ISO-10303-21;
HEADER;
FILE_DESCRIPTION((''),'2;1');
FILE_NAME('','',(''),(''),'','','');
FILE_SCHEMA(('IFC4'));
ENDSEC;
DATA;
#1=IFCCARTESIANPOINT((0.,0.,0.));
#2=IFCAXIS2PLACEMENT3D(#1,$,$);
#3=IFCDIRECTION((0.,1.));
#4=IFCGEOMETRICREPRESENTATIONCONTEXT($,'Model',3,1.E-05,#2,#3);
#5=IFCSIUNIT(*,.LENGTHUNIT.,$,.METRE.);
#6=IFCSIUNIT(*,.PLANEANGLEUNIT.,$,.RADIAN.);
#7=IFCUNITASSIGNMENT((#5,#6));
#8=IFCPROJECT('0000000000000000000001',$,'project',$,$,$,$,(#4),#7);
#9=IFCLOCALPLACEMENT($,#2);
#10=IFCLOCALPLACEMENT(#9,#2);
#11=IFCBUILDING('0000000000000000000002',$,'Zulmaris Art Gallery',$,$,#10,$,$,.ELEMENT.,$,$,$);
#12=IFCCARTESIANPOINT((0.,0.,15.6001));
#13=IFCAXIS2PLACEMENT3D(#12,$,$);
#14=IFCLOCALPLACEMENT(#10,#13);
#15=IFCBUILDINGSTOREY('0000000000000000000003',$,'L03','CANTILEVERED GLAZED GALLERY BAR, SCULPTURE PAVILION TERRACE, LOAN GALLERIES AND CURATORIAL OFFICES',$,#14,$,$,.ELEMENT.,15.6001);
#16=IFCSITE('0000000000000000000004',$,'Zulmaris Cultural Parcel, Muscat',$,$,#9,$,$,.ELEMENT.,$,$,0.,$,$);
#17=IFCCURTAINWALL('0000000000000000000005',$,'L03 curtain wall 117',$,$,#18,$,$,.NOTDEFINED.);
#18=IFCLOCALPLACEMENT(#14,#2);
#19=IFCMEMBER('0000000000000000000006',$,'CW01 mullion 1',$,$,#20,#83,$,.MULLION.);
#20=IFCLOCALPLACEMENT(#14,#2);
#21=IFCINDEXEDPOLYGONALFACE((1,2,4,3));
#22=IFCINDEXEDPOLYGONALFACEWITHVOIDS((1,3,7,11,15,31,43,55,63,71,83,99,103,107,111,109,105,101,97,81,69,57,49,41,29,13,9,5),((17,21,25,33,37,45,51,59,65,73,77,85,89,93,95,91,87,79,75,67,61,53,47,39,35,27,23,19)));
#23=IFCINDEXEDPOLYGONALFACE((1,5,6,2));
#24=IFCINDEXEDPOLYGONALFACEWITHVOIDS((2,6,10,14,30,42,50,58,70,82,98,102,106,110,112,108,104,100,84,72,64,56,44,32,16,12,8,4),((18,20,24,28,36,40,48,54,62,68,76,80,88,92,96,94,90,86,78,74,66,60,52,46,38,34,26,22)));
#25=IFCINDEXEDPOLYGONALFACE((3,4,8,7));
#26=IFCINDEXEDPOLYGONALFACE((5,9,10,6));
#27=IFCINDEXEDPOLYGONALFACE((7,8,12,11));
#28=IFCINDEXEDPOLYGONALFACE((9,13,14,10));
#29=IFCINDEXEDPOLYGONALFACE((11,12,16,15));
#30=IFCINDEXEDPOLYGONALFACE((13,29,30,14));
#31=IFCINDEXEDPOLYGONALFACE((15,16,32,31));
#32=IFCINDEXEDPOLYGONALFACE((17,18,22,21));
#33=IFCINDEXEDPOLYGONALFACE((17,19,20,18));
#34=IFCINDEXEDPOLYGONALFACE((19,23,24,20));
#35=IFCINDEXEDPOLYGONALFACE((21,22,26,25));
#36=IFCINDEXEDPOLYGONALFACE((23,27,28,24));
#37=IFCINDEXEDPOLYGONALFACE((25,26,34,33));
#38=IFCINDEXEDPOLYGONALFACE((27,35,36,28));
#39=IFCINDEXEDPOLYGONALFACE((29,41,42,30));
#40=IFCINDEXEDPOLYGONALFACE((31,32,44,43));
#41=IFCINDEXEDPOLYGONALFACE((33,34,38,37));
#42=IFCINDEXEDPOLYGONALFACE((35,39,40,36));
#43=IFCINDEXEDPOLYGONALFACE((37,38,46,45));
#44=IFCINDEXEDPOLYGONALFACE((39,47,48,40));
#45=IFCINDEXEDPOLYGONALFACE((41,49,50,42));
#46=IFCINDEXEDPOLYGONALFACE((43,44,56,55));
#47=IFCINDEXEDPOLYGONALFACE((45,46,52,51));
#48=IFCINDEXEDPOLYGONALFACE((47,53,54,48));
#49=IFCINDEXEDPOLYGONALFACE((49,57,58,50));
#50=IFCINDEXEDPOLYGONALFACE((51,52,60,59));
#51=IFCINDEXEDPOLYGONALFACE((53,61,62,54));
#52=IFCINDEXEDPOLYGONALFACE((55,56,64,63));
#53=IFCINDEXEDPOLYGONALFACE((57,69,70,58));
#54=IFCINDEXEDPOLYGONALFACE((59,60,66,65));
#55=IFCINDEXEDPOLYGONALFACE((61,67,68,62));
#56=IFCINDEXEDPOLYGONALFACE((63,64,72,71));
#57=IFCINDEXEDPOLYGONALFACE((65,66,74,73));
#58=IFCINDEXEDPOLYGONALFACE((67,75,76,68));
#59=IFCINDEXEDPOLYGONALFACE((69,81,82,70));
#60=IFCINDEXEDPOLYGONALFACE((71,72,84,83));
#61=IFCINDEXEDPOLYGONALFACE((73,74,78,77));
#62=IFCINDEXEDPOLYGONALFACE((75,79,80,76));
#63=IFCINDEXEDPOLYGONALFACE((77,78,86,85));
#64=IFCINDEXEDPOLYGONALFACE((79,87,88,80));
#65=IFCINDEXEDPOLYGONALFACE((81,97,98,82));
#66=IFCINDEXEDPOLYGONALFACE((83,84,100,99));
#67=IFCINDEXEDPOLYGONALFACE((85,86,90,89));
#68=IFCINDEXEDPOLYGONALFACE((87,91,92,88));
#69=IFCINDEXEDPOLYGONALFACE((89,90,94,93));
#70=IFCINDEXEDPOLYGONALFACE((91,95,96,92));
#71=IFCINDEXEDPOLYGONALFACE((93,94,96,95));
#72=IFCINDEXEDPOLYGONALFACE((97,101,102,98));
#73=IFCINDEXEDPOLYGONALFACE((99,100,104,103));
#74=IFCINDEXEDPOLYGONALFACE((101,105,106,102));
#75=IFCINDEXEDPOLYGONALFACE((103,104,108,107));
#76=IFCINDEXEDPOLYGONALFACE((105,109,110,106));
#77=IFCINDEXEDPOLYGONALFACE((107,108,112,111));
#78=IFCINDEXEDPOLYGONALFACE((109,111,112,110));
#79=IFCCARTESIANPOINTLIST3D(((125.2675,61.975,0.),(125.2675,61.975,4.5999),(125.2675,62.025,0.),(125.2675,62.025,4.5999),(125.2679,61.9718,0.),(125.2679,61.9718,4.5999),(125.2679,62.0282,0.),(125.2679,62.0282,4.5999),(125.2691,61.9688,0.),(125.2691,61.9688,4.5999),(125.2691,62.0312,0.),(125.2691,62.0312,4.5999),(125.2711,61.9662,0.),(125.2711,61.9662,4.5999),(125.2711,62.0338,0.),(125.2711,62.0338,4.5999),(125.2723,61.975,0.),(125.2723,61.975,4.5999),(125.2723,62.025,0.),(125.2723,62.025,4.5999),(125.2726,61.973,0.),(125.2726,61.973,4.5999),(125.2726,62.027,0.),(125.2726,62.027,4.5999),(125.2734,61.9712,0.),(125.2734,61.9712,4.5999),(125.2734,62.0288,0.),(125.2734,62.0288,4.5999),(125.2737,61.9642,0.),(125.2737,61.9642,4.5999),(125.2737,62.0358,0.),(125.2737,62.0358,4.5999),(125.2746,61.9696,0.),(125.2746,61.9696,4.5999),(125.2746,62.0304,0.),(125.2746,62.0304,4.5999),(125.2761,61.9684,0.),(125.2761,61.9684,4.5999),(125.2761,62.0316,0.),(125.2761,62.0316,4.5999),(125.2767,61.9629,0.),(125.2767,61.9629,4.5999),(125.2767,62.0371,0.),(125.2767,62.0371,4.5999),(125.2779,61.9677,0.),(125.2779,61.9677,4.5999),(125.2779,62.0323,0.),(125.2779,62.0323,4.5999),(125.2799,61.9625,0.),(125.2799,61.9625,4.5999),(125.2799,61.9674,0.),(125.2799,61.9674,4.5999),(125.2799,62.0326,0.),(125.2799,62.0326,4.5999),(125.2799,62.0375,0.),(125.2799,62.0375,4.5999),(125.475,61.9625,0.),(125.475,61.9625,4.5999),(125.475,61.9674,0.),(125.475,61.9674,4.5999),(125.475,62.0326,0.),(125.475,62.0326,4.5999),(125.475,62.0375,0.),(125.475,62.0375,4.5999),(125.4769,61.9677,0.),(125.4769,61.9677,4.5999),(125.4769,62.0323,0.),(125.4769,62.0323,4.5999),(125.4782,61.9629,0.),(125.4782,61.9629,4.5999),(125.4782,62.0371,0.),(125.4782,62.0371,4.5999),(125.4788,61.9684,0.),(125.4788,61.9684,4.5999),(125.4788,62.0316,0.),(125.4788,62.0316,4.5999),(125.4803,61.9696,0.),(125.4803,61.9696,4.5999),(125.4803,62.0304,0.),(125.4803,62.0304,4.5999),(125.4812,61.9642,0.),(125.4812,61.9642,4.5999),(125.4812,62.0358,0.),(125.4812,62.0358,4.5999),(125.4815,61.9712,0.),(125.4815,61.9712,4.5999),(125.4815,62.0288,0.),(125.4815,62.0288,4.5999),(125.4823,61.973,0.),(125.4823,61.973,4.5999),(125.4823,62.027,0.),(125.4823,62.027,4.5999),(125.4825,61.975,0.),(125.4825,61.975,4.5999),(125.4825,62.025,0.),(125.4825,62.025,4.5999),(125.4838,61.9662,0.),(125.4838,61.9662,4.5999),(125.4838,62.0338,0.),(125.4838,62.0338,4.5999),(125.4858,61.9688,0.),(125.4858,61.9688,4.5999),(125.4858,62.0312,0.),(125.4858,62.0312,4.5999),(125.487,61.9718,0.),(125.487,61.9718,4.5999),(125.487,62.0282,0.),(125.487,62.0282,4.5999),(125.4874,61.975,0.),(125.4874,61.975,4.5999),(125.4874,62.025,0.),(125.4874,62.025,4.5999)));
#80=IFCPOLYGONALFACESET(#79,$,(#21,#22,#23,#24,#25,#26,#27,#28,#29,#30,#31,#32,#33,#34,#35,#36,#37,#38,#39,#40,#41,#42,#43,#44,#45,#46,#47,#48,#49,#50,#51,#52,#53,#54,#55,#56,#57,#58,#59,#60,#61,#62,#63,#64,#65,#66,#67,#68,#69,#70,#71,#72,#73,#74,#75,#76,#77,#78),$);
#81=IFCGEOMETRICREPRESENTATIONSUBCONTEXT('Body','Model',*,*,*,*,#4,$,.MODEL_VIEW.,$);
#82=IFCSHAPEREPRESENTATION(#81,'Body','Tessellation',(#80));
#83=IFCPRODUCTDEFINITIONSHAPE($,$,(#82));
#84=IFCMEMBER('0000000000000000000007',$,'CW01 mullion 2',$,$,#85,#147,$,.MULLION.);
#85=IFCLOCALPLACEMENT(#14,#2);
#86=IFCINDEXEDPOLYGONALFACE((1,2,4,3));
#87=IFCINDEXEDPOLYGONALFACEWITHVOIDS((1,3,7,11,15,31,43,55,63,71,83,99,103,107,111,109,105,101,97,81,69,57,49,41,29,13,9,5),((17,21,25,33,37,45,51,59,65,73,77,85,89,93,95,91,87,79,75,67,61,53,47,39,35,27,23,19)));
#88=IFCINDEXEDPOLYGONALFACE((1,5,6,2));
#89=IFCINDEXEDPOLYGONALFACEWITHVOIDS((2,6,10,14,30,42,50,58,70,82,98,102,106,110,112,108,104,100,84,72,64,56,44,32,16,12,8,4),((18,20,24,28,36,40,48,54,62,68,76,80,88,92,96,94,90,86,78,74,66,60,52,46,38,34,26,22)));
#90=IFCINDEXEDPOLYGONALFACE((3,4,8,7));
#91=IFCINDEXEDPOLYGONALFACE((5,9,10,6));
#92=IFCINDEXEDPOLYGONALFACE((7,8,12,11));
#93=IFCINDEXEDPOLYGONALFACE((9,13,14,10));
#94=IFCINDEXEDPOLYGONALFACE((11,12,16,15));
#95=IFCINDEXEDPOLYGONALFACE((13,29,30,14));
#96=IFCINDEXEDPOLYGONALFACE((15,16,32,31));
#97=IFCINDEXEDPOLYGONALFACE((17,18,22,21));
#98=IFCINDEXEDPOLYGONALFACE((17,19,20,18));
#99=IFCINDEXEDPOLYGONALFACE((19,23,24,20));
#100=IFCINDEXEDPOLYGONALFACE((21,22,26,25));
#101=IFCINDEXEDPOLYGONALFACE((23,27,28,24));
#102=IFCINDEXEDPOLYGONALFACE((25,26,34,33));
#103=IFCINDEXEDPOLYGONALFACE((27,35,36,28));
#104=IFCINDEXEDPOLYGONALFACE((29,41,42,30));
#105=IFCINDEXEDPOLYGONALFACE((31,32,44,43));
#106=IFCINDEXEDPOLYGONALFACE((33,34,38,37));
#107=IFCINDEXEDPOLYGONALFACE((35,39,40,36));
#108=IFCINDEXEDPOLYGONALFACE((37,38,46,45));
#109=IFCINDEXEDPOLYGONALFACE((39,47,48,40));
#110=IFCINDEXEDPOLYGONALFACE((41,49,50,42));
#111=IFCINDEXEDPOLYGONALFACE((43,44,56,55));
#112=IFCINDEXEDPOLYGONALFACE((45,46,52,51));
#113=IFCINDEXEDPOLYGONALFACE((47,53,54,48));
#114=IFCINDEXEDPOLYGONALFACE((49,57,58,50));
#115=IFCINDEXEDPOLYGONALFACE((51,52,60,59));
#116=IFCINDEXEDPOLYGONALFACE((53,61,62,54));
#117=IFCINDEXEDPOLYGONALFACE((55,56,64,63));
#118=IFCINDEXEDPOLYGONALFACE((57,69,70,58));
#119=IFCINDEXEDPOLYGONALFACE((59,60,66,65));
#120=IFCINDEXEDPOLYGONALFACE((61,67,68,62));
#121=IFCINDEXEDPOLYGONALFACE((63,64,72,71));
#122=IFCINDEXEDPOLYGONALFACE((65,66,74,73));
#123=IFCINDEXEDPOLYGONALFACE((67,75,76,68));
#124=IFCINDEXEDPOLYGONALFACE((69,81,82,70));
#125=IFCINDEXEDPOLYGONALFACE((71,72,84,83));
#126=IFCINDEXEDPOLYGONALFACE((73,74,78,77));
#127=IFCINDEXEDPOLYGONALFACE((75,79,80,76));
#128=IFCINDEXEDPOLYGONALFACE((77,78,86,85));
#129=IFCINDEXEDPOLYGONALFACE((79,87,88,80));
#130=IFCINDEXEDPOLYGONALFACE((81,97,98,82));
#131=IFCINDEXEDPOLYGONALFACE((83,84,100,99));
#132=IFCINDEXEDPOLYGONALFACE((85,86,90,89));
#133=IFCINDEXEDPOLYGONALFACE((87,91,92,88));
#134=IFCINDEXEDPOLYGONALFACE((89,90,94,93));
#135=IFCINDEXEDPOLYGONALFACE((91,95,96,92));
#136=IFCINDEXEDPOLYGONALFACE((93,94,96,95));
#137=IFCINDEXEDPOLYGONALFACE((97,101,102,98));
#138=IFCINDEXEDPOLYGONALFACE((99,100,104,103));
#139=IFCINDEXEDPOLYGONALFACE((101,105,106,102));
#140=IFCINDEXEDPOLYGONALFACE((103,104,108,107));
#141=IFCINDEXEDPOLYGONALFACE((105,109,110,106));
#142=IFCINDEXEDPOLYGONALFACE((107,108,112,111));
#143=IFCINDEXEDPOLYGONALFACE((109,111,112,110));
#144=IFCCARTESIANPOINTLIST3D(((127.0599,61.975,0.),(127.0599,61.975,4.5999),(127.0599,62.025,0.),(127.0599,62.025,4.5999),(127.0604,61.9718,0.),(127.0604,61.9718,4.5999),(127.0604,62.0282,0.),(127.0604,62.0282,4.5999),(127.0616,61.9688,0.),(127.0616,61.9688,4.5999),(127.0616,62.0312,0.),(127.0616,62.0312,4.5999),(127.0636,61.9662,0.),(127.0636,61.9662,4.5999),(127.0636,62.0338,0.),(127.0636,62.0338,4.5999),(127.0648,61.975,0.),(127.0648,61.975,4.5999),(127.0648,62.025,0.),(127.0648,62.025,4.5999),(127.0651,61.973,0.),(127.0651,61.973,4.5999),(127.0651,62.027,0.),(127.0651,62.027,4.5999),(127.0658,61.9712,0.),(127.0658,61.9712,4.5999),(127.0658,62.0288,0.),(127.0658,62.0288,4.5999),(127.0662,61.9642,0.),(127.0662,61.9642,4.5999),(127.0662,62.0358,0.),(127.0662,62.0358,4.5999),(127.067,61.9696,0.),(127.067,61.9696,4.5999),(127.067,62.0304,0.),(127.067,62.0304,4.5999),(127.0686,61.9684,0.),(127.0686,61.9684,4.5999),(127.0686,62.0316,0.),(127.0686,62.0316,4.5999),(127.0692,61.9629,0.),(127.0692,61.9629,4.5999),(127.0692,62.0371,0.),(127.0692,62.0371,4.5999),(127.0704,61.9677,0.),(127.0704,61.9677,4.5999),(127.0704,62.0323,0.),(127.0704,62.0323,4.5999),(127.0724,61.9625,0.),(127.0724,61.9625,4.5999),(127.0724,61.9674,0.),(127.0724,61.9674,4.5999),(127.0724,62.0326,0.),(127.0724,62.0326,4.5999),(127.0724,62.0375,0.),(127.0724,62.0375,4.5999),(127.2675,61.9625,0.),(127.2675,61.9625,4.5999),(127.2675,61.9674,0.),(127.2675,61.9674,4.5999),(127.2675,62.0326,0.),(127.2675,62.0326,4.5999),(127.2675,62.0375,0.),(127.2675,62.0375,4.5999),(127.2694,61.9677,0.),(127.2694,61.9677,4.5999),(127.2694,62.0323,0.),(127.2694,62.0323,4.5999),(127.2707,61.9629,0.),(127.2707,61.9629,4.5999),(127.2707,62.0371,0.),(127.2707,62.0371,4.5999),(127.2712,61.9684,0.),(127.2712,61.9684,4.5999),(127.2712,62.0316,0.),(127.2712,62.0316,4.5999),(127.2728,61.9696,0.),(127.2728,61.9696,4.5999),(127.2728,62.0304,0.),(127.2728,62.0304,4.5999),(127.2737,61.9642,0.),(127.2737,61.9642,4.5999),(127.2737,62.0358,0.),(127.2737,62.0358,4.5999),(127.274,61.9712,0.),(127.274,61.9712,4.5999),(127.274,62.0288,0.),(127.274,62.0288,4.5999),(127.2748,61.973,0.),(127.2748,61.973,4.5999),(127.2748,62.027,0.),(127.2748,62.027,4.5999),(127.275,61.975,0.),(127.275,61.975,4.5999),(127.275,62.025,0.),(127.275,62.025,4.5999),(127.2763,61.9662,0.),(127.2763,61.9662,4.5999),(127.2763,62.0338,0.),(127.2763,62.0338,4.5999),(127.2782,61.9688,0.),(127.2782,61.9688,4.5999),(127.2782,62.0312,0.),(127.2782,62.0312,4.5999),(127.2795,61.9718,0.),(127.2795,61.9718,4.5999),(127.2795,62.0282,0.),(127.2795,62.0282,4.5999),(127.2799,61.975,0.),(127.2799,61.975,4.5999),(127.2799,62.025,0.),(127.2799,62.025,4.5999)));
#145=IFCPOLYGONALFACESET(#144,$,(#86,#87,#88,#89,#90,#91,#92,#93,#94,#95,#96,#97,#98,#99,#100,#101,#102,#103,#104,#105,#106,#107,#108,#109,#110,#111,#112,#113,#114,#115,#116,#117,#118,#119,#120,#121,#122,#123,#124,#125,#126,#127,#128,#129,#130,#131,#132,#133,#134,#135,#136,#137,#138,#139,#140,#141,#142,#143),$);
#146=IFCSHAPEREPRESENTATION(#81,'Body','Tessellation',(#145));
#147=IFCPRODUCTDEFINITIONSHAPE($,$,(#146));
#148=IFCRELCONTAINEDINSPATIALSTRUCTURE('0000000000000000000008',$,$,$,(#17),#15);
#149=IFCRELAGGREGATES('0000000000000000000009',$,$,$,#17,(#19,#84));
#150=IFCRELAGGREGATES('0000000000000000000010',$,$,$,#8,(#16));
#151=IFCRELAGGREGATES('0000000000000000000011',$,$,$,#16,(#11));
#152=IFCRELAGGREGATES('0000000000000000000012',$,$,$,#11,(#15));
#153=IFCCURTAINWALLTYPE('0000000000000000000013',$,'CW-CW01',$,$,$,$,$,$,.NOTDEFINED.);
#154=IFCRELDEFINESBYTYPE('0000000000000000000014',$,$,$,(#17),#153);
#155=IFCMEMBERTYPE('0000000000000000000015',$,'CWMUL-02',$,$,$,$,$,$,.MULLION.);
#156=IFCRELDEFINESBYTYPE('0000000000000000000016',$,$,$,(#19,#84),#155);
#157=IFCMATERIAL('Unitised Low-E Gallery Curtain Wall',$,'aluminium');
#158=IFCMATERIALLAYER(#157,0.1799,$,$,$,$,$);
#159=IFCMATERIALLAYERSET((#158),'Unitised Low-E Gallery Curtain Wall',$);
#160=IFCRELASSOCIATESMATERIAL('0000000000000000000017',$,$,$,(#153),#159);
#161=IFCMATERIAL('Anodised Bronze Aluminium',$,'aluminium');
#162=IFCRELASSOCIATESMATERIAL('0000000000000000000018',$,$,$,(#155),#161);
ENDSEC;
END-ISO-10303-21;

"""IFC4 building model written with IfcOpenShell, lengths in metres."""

from ifc_helpers import new_model, si_unit, direction, frame, origin, origin_2d, place, context, subcontext, project, spatial, hollow_rectangle, extrude, material, layer, layer_set, material_profile, profile_set, type_object, element, aggregate, save


model = new_model("IFC4")

# Units and contexts
model_context = context("Model", 3, precision=1e-05, world=origin(), true_north=direction((0.0, 1.0)))
body_context = subcontext(model_context, "Body", "Model", "MODEL_VIEW")
ifc_project = project(units=[si_unit("LENGTHUNIT", "METRE"), si_unit("PLANEANGLEUNIT", "RADIAN")], contexts=[model_context])

# Site, building, storey
site_placement = place(None, origin())
site = spatial("IfcSite", under=ifc_project, at=site_placement, Name="Zulmaris Cultural Parcel, Muscat", CompositionType="ELEMENT", RefElevation=0.0)
building_placement = place(site_placement, origin())
building = spatial("IfcBuilding", under=site, at=building_placement, Name="Zulmaris Art Gallery", CompositionType="ELEMENT")
storey_placement = place(building_placement, frame((0.0, 0.0, 15.6001)))
storey = spatial("IfcBuildingStorey", under=building, at=storey_placement, Name="L03", Description="CANTILEVERED GLAZED GALLERY BAR, SCULPTURE PAVILION TERRACE, LOAN GALLERIES AND CURATORIAL OFFICES", CompositionType="ELEMENT", Elevation=15.6001)

# Curtain wall, members
ifc_material_1 = material(Name="Unitised Low-E Gallery Curtain Wall", Category="aluminium")
ifc_layer_1 = layer(ifc_material_1, 0.1799)
ifc_layer_set_1 = layer_set([ifc_layer_1], Name="Unitised Low-E Gallery Curtain Wall")
curtain_wall_type = type_object("IfcCurtainWallType", Name="CW-CW01", PredefinedType="NOTDEFINED", material=ifc_layer_set_1)
ifc_material_2 = material(Name="Anodised Bronze Aluminium", Category="aluminium")
ifc_material_profile_1 = material_profile(ifc_material_2, hollow_rectangle(XDim=0.075, YDim=0.22, WallThickness=0.0049, InnerFilletRadius=0.0076, OuterFilletRadius=0.0125, at=origin_2d()), Name="ALU 75x220x5")
ifc_profile_set_1 = profile_set([ifc_material_profile_1], Name="Anodised Bronze Aluminium")
member_type_1 = type_object("IfcMemberType", Name="CWMUL-02", PredefinedType="MULLION", material=ifc_profile_set_1)
curtain_wall_1_placement = place(storey_placement, origin())
curtain_wall_1 = element("IfcCurtainWall", 1, at=curtain_wall_1_placement, inside=storey, type_object=curtain_wall_type, Name="L03 curtain wall 117", PredefinedType="NOTDEFINED")
member_1_placement = place(storey_placement, frame((125.3774, 62.0, 0.0), z_axis=(0.0, 0.0, 1.0), x_axis=(0.0, 1.0, 0.0)))
member_1 = element("IfcMember", 2, at=member_1_placement, type_object=member_type_1, Name="CW01 mullion 1", PredefinedType="MULLION", context=body_context, shape_type="SweptSolid", body=[
    extrude(hollow_rectangle(XDim=0.075, YDim=0.22, WallThickness=0.0049, InnerFilletRadius=0.0076, OuterFilletRadius=0.0125, at=origin_2d()), origin(), (0.0, 0.0, 1.0), 4.5999),
])
member_2_placement = place(storey_placement, frame((127.1699, 62.0, 0.0), z_axis=(0.0, 0.0, 1.0), x_axis=(0.0, 1.0, 0.0)))
member_2 = element("IfcMember", 3, at=member_2_placement, type_object=member_type_1, Name="CW01 mullion 2", PredefinedType="MULLION", context=body_context, shape_type="SweptSolid", body=[
    extrude(hollow_rectangle(XDim=0.075, YDim=0.22, WallThickness=0.0049, InnerFilletRadius=0.0076, OuterFilletRadius=0.0125, at=origin_2d()), origin(), (0.0, 0.0, 1.0), 4.5999),
])

aggregate(curtain_wall_1, [member_1, member_2])

save(model, "model.ifc")
